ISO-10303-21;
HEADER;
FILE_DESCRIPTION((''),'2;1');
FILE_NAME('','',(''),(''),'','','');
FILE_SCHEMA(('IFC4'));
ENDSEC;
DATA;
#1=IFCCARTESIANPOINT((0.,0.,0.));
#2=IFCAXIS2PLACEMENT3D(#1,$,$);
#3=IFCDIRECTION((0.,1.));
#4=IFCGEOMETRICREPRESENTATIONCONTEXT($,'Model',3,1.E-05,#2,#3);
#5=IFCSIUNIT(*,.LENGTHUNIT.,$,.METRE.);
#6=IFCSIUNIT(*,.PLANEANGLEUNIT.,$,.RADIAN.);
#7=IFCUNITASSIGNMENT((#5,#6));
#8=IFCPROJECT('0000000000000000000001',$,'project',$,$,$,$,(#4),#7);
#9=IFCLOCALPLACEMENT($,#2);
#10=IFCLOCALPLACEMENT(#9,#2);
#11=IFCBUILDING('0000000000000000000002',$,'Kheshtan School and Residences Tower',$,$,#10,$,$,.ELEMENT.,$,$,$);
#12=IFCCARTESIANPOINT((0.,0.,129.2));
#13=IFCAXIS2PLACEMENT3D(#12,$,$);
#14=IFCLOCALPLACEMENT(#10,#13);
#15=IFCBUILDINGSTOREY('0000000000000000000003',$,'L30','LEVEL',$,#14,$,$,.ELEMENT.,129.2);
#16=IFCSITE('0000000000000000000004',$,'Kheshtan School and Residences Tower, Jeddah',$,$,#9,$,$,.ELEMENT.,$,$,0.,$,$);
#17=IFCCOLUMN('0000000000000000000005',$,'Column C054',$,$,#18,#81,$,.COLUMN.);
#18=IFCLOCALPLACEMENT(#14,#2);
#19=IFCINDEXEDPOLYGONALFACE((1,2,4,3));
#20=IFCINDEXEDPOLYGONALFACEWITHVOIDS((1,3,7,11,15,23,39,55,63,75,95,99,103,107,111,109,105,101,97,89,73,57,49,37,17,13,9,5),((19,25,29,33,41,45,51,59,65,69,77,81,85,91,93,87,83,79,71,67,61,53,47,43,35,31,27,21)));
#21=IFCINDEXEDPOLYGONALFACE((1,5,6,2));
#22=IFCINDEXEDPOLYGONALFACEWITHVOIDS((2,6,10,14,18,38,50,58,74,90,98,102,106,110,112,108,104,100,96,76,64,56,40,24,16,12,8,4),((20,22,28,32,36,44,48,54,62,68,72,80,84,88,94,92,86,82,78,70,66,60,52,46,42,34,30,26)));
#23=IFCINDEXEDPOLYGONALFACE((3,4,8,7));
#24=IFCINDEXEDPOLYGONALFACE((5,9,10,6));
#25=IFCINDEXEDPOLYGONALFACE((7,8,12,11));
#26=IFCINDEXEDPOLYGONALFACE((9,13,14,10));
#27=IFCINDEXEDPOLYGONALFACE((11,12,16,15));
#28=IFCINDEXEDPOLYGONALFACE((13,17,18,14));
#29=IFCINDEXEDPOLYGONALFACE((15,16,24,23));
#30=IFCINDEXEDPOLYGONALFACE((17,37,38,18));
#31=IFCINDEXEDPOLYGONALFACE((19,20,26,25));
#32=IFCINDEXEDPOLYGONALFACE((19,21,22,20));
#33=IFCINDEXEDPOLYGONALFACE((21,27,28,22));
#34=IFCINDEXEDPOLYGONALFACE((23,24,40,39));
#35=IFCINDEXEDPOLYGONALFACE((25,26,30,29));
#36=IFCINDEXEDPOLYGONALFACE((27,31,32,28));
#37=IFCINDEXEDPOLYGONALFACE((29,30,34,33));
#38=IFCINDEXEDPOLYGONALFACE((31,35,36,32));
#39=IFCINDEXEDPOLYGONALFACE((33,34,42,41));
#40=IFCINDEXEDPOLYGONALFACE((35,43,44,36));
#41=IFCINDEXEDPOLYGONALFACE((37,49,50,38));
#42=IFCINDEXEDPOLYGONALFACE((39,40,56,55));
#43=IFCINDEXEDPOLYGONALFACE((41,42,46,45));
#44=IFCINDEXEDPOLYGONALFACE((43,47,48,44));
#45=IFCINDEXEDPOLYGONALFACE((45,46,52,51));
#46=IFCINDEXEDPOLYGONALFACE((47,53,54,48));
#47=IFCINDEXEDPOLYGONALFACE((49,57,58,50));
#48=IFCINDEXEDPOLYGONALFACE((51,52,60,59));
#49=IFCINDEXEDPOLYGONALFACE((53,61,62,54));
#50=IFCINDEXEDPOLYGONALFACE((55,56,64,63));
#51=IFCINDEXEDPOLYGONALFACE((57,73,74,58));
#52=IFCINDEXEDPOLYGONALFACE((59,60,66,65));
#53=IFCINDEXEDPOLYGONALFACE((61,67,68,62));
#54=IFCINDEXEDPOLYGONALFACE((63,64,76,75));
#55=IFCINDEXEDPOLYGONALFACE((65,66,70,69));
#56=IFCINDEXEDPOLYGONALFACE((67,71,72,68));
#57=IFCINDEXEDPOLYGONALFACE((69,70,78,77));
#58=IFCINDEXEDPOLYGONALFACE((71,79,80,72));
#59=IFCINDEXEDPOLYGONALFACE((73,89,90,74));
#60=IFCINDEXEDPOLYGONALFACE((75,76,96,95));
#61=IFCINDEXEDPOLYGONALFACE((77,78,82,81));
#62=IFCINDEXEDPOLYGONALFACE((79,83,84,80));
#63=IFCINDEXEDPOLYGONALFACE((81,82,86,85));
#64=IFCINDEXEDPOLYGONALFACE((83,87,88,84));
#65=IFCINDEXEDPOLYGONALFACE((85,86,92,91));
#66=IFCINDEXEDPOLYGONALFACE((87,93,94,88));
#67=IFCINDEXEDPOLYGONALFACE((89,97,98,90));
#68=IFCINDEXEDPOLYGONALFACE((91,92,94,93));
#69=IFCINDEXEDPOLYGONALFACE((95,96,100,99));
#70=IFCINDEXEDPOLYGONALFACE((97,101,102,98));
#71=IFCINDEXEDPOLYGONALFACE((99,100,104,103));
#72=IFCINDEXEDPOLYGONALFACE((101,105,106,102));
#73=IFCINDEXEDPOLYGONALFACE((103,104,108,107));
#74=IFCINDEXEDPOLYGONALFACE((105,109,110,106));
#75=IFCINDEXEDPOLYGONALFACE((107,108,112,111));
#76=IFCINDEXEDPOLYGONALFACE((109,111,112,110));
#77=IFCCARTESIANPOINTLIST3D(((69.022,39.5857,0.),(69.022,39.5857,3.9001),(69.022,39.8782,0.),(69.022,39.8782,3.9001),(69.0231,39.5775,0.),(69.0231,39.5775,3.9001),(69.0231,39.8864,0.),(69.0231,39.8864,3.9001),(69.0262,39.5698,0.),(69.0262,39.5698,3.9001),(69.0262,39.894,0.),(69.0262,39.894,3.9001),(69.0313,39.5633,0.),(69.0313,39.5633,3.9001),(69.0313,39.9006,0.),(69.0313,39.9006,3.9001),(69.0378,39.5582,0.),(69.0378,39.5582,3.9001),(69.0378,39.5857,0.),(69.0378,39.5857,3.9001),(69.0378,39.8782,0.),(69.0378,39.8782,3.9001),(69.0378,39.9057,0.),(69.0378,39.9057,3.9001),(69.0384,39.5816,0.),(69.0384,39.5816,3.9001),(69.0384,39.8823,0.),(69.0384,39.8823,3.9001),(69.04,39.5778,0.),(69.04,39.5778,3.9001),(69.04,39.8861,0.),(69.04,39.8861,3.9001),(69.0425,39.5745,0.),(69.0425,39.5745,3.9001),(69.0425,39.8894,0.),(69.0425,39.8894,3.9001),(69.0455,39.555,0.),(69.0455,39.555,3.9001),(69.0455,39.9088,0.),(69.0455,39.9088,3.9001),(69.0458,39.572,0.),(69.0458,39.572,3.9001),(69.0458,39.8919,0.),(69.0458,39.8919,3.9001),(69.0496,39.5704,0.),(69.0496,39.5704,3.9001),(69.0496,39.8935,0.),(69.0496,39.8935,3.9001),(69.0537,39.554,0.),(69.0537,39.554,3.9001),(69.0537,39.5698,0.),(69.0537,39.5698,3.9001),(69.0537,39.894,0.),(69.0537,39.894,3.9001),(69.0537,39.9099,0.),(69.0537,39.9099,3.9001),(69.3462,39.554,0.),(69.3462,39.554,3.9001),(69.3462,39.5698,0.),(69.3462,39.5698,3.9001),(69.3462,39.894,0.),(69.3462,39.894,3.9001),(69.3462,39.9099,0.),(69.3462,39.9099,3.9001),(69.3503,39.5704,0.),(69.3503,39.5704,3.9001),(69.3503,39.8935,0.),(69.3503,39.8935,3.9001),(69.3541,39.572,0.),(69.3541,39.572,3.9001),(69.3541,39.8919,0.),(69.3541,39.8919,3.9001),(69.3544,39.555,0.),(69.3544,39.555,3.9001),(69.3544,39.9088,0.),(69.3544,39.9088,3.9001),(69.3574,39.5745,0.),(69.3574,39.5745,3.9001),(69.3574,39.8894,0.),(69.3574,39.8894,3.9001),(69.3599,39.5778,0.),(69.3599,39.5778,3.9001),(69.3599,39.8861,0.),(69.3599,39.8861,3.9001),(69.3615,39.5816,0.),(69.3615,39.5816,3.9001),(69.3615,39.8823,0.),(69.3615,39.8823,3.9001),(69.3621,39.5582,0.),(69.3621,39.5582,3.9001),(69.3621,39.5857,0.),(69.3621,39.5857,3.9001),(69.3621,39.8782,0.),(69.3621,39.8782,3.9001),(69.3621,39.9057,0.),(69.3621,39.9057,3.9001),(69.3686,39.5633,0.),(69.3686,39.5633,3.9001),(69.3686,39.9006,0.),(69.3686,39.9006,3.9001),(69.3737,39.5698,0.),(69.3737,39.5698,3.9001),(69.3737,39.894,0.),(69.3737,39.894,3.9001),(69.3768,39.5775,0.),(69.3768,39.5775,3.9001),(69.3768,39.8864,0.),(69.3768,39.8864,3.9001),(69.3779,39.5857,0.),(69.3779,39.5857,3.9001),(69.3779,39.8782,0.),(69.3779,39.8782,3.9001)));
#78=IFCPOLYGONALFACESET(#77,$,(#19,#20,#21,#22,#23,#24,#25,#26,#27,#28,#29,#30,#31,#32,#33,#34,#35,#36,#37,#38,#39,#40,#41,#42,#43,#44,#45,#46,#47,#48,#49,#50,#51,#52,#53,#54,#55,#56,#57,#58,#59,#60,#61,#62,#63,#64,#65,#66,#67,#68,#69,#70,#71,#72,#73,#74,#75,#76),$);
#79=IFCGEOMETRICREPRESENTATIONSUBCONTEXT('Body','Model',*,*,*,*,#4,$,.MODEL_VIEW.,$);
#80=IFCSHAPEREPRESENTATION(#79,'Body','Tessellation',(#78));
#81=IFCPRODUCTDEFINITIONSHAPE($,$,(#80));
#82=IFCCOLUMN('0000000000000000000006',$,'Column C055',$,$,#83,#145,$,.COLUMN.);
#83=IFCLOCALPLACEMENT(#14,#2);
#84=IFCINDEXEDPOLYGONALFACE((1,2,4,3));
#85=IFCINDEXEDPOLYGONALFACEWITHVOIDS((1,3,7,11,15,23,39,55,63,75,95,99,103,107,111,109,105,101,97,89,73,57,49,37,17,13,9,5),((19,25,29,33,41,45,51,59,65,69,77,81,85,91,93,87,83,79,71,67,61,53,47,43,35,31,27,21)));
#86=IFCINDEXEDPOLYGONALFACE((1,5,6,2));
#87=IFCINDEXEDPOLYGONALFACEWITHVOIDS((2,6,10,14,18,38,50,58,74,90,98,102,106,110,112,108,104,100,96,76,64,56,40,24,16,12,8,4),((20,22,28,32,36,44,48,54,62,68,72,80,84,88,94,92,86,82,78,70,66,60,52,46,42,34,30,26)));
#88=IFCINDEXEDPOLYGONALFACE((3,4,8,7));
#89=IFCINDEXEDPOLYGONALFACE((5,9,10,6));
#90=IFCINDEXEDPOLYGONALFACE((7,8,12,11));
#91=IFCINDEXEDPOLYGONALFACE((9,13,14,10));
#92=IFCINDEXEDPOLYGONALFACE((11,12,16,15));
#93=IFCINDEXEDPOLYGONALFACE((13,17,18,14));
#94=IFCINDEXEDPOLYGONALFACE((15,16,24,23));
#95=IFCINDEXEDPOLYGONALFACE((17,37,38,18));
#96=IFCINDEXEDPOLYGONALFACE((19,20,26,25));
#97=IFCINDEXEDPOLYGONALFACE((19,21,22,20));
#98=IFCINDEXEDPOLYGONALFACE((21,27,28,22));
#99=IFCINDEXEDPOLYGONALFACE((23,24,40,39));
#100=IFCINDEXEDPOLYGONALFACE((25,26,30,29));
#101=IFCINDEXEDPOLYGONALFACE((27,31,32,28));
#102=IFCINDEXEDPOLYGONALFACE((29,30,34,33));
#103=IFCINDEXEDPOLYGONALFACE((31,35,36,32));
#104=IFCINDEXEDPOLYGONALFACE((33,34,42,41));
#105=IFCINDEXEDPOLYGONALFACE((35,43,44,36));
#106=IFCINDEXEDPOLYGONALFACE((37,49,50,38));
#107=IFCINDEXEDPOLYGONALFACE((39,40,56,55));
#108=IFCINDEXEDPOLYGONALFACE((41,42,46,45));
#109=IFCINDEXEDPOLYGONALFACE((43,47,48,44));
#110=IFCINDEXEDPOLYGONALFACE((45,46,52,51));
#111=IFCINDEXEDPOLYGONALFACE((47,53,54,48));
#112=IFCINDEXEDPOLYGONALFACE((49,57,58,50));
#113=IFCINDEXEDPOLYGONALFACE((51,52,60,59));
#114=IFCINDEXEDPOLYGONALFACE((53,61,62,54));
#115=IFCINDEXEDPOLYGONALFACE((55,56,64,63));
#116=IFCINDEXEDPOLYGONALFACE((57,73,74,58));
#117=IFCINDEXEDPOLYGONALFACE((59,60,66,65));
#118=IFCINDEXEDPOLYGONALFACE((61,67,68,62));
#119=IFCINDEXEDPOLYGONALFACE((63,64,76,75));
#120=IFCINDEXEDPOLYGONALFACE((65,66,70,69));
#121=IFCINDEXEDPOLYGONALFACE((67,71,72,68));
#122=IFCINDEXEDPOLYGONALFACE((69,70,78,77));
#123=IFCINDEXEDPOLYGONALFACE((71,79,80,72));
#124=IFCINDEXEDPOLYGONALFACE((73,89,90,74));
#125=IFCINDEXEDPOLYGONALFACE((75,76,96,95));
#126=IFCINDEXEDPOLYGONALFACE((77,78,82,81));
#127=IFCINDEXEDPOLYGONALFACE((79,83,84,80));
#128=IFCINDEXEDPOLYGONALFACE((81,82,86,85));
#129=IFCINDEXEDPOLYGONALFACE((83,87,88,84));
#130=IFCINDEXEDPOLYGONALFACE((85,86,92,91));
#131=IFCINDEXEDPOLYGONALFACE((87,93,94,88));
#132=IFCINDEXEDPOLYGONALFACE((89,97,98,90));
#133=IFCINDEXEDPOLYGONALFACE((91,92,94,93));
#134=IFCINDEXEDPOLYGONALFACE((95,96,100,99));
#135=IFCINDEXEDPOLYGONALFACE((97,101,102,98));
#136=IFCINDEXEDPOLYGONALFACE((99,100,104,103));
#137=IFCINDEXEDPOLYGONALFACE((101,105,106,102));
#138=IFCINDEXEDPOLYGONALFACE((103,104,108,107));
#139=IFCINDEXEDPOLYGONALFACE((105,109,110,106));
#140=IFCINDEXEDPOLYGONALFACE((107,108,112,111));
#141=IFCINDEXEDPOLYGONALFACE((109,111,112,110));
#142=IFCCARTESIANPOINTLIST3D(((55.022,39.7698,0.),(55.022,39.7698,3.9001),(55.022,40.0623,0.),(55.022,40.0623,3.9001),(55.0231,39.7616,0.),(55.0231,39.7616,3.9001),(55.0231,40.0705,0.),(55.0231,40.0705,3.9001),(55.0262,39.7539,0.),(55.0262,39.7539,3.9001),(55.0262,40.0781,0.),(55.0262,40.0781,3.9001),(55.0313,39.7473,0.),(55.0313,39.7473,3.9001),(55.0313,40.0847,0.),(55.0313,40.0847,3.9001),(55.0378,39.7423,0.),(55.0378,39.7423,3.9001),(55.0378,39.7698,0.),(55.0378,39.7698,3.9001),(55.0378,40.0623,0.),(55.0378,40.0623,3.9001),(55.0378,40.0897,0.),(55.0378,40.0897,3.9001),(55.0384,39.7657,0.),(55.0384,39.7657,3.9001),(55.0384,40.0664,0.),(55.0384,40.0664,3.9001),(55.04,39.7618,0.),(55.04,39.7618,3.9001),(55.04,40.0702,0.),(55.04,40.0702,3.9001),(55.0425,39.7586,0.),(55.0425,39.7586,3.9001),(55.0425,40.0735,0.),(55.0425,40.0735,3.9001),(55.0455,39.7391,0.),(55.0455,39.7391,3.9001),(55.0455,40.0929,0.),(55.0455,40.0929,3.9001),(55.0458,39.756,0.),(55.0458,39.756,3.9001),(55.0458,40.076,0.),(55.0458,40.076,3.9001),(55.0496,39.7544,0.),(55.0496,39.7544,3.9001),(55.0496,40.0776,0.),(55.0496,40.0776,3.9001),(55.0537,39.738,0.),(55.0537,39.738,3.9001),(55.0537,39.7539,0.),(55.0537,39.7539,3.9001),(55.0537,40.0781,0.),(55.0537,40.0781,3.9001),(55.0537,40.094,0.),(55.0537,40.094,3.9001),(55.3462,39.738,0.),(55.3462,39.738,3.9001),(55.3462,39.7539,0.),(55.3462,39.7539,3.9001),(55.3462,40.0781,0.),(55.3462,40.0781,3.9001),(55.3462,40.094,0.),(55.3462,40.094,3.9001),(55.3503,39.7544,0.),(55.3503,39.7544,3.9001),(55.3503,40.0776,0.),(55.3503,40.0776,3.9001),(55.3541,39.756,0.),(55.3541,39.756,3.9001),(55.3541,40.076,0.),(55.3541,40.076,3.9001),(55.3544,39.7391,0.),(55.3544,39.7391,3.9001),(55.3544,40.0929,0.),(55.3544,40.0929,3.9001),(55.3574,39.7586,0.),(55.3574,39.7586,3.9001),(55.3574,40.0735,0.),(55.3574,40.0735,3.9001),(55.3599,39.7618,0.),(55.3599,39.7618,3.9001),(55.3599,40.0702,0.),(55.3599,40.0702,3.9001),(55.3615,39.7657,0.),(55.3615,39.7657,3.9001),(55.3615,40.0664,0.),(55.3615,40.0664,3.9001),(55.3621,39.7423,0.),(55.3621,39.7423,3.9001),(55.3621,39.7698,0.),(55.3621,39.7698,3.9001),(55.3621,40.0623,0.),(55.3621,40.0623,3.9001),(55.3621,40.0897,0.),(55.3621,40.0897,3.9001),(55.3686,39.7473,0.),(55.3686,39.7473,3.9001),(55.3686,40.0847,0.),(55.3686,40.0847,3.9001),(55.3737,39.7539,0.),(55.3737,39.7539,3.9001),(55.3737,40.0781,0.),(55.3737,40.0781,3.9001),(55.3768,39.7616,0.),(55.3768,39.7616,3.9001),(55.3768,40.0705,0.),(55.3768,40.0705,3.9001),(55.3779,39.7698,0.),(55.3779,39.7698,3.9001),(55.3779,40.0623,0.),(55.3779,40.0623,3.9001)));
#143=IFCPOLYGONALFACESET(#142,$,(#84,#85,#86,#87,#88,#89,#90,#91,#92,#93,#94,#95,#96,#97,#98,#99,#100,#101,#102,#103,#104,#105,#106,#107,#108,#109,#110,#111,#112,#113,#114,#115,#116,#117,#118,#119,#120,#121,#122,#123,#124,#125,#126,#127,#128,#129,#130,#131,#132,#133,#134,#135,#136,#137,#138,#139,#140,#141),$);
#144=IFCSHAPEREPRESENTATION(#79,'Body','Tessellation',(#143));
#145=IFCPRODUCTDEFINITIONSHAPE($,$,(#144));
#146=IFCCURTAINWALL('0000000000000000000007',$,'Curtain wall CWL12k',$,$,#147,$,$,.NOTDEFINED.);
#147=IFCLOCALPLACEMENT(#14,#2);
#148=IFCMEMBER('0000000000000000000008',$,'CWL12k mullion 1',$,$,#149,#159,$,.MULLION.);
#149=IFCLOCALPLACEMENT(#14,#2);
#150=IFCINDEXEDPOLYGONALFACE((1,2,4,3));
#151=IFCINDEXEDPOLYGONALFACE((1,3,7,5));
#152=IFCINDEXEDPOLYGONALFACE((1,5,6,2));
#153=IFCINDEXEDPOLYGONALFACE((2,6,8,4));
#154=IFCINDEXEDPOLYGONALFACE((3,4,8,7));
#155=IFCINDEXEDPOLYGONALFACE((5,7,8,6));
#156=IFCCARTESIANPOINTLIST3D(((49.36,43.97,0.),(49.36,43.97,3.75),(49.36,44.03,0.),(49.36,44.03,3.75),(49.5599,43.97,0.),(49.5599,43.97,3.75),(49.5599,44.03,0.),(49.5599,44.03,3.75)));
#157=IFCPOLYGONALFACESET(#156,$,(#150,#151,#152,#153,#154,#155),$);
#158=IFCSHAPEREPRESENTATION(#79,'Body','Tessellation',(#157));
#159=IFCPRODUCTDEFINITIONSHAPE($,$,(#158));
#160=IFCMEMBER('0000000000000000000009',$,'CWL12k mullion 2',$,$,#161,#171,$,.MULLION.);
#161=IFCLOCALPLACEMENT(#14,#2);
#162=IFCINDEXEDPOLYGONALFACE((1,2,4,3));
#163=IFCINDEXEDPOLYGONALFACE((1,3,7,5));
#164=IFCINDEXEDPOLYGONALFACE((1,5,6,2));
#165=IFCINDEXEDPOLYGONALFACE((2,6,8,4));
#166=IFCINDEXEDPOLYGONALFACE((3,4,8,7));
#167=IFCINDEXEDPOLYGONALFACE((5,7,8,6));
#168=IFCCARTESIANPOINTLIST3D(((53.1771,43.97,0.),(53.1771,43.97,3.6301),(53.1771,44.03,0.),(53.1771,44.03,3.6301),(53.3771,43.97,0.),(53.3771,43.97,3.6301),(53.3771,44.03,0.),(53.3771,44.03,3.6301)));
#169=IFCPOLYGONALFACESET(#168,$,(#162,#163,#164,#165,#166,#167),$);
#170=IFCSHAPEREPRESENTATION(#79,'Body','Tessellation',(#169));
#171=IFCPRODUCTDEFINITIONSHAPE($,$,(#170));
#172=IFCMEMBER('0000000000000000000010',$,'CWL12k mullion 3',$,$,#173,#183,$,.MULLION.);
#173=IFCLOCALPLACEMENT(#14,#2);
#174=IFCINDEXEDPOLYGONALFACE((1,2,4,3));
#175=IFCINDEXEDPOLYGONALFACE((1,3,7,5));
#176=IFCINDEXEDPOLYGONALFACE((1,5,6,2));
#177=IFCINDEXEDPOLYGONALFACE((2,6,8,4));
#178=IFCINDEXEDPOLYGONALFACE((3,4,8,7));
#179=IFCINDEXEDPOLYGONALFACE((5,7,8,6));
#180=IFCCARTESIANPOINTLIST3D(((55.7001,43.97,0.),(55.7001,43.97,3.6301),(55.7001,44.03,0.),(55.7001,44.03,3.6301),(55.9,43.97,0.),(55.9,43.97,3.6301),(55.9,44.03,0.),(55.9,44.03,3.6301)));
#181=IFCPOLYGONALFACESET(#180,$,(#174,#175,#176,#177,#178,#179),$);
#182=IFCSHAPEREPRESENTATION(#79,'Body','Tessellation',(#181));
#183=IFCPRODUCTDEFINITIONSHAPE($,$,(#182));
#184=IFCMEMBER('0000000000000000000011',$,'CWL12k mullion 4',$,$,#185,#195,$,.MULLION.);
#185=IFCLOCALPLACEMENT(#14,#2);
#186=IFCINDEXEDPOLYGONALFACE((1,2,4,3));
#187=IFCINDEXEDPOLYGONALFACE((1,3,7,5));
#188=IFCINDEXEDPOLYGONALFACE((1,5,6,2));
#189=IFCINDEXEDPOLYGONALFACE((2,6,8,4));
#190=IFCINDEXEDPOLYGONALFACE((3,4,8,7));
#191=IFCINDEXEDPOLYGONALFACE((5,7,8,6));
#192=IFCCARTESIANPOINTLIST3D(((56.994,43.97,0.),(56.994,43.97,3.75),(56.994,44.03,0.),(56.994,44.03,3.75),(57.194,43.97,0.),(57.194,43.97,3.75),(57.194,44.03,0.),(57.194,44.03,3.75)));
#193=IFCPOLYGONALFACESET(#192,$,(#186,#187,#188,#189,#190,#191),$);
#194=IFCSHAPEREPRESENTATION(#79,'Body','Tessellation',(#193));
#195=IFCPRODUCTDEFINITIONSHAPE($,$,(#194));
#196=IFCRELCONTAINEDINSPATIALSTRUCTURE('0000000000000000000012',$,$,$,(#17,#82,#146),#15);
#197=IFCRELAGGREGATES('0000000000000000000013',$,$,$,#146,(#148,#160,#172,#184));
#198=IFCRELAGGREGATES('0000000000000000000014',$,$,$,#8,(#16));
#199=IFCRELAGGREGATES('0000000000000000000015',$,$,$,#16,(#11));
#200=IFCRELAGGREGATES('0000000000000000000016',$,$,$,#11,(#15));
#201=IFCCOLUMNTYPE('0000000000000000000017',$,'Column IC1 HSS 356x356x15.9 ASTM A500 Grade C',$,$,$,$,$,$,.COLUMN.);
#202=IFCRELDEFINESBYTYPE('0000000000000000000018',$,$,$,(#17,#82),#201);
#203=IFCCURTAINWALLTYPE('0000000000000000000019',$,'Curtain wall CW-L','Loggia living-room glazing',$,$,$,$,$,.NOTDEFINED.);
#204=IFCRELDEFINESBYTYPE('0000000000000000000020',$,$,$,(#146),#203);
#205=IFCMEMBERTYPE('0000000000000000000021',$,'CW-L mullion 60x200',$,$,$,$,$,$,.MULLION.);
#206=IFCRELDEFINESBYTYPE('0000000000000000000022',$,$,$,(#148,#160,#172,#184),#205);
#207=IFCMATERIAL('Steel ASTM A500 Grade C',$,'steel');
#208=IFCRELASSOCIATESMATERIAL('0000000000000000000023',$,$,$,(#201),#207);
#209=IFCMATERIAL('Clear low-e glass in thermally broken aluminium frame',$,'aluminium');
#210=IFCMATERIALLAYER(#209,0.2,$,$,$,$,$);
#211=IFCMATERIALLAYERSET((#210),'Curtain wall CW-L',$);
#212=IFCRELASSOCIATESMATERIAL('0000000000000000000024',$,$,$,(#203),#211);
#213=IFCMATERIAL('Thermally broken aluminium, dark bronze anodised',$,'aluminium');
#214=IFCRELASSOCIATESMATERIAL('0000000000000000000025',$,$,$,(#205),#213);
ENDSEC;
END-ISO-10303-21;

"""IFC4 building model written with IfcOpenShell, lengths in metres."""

from ifc_helpers import new_model, si_unit, direction, frame, origin, origin_2d, place, context, subcontext, project, spatial, rectangle, hollow_rectangle, extrude, material, layer, layer_set, material_profile, profile_set, type_object, element, aggregate, save


model = new_model("IFC4")

# Units and contexts
model_context = context("Model", 3, precision=1e-05, world=origin(), true_north=direction((0.0, 1.0)))
body_context = subcontext(model_context, "Body", "Model", "MODEL_VIEW")
ifc_project = project(units=[si_unit("LENGTHUNIT", "METRE"), si_unit("PLANEANGLEUNIT", "RADIAN")], contexts=[model_context])

# Site, building, storey
site_placement = place(None, origin())
site = spatial("IfcSite", under=ifc_project, at=site_placement, Name="Kheshtan School and Residences Tower, Jeddah", CompositionType="ELEMENT", RefElevation=0.0)
building_placement = place(site_placement, origin())
building = spatial("IfcBuilding", under=site, at=building_placement, Name="Kheshtan School and Residences Tower", CompositionType="ELEMENT")
storey_placement = place(building_placement, frame((0.0, 0.0, 129.2)))
storey = spatial("IfcBuildingStorey", under=building, at=storey_placement, Name="L30", Description="LEVEL", CompositionType="ELEMENT", Elevation=129.2)

# Columns
ifc_material_1 = material(Name="Steel ASTM A500 Grade C", Category="steel")
ifc_material_profile_1 = material_profile(ifc_material_1, hollow_rectangle(XDim=0.356, YDim=0.356, WallThickness=0.0159, InnerFilletRadius=0.0159, OuterFilletRadius=0.0317, at=origin_2d()), Name="HSS 356x356x15.9")
ifc_profile_set_1 = profile_set([ifc_material_profile_1], Name="Steel ASTM A500 Grade C")
column_type = type_object("IfcColumnType", Name="Column IC1 HSS 356x356x15.9 ASTM A500 Grade C", PredefinedType="COLUMN", material=ifc_profile_set_1)
for number, where, z_axis, x_axis, name in (
    (1, (69.2, 39.7319, 0.0), (0.0, 0.0, 1.0), (1.0, 0.0, 0.0), "Column C054"),
    (2, (55.2, 39.916, 0.0), (0.0, 0.0, 1.0), (1.0, 0.0, 0.0), "Column C055"),
):
    element("IfcColumn", number, at=place(storey_placement, frame(where, z_axis=z_axis, x_axis=x_axis)), inside=storey, type_object=column_type, Name=name, PredefinedType="COLUMN", context=body_context, shape_type="SweptSolid", body=[
        extrude(hollow_rectangle(XDim=0.356, YDim=0.356, WallThickness=0.0159, InnerFilletRadius=0.0159, OuterFilletRadius=0.0317, at=origin_2d()), origin(), (0.0, 0.0, 1.0), 3.9001),
    ])

# Curtain wall, members
ifc_material_2 = material(Name="Clear low-e glass in thermally broken aluminium frame", Category="aluminium")
ifc_layer_1 = layer(ifc_material_2, 0.2)
ifc_layer_set_1 = layer_set([ifc_layer_1], Name="Curtain wall CW-L")
curtain_wall_type = type_object("IfcCurtainWallType", Name="Curtain wall CW-L", Description="Loggia living-room glazing", PredefinedType="NOTDEFINED", material=ifc_layer_set_1)
curtain_wall_1_placement = place(storey_placement, origin())
curtain_wall_1 = element("IfcCurtainWall", 3, at=curtain_wall_1_placement, inside=storey, type_object=curtain_wall_type, Name="Curtain wall CWL12k", PredefinedType="NOTDEFINED")
ifc_material_3 = material(Name="Thermally broken aluminium, dark bronze anodised", Category="aluminium")
ifc_material_profile_2 = material_profile(ifc_material_3, rectangle(XDim=0.0601, YDim=0.2, at=origin_2d()), Name="CW-L mullion 60x200")
ifc_profile_set_2 = profile_set([ifc_material_profile_2], Name="Thermally broken aluminium, dark bronze anodised")
member_type_1 = type_object("IfcMemberType", Name="CW-L mullion 60x200", PredefinedType="MULLION", material=ifc_profile_set_2)
member_1_placement = place(storey_placement, frame((49.46, 44.0, 0.0), z_axis=(0.0, 0.0, 1.0), x_axis=(0.0, 1.0, 0.0)))
member_1 = element("IfcMember", 4, at=member_1_placement, type_object=member_type_1, Name="CWL12k mullion 1", PredefinedType="MULLION", context=body_context, shape_type="SweptSolid", body=[
    extrude(rectangle(XDim=0.0601, YDim=0.2, at=origin_2d()), origin(), (0.0, 0.0, 1.0), 3.75),
])
member_2_placement = place(storey_placement, frame((53.2771, 44.0, 0.0), z_axis=(0.0, 0.0, 1.0), x_axis=(0.0, 1.0, 0.0)))
member_2 = element("IfcMember", 5, at=member_2_placement, type_object=member_type_1, Name="CWL12k mullion 2", PredefinedType="MULLION", context=body_context, shape_type="SweptSolid", body=[
    extrude(rectangle(XDim=0.0601, YDim=0.2, at=origin_2d()), origin(), (0.0, 0.0, 1.0), 3.6301),
])
member_3_placement = place(storey_placement, frame((55.8, 44.0, 0.0), z_axis=(0.0, 0.0, 1.0), x_axis=(0.0, 1.0, 0.0)))
member_3 = element("IfcMember", 6, at=member_3_placement, type_object=member_type_1, Name="CWL12k mullion 3", PredefinedType="MULLION", context=body_context, shape_type="SweptSolid", body=[
    extrude(rectangle(XDim=0.0601, YDim=0.2, at=origin_2d()), origin(), (0.0, 0.0, 1.0), 3.6301),
])
member_4_placement = place(storey_placement, frame((57.094, 44.0, 0.0), z_axis=(0.0, 0.0, 1.0), x_axis=(0.0, 1.0, 0.0)))
member_4 = element("IfcMember", 7, at=member_4_placement, type_object=member_type_1, Name="CWL12k mullion 4", PredefinedType="MULLION", context=body_context, shape_type="SweptSolid", body=[
    extrude(rectangle(XDim=0.0601, YDim=0.2, at=origin_2d()), origin(), (0.0, 0.0, 1.0), 3.75),
])

aggregate(curtain_wall_1, [member_1, member_2, member_3, member_4])

save(model, "model.ifc")
